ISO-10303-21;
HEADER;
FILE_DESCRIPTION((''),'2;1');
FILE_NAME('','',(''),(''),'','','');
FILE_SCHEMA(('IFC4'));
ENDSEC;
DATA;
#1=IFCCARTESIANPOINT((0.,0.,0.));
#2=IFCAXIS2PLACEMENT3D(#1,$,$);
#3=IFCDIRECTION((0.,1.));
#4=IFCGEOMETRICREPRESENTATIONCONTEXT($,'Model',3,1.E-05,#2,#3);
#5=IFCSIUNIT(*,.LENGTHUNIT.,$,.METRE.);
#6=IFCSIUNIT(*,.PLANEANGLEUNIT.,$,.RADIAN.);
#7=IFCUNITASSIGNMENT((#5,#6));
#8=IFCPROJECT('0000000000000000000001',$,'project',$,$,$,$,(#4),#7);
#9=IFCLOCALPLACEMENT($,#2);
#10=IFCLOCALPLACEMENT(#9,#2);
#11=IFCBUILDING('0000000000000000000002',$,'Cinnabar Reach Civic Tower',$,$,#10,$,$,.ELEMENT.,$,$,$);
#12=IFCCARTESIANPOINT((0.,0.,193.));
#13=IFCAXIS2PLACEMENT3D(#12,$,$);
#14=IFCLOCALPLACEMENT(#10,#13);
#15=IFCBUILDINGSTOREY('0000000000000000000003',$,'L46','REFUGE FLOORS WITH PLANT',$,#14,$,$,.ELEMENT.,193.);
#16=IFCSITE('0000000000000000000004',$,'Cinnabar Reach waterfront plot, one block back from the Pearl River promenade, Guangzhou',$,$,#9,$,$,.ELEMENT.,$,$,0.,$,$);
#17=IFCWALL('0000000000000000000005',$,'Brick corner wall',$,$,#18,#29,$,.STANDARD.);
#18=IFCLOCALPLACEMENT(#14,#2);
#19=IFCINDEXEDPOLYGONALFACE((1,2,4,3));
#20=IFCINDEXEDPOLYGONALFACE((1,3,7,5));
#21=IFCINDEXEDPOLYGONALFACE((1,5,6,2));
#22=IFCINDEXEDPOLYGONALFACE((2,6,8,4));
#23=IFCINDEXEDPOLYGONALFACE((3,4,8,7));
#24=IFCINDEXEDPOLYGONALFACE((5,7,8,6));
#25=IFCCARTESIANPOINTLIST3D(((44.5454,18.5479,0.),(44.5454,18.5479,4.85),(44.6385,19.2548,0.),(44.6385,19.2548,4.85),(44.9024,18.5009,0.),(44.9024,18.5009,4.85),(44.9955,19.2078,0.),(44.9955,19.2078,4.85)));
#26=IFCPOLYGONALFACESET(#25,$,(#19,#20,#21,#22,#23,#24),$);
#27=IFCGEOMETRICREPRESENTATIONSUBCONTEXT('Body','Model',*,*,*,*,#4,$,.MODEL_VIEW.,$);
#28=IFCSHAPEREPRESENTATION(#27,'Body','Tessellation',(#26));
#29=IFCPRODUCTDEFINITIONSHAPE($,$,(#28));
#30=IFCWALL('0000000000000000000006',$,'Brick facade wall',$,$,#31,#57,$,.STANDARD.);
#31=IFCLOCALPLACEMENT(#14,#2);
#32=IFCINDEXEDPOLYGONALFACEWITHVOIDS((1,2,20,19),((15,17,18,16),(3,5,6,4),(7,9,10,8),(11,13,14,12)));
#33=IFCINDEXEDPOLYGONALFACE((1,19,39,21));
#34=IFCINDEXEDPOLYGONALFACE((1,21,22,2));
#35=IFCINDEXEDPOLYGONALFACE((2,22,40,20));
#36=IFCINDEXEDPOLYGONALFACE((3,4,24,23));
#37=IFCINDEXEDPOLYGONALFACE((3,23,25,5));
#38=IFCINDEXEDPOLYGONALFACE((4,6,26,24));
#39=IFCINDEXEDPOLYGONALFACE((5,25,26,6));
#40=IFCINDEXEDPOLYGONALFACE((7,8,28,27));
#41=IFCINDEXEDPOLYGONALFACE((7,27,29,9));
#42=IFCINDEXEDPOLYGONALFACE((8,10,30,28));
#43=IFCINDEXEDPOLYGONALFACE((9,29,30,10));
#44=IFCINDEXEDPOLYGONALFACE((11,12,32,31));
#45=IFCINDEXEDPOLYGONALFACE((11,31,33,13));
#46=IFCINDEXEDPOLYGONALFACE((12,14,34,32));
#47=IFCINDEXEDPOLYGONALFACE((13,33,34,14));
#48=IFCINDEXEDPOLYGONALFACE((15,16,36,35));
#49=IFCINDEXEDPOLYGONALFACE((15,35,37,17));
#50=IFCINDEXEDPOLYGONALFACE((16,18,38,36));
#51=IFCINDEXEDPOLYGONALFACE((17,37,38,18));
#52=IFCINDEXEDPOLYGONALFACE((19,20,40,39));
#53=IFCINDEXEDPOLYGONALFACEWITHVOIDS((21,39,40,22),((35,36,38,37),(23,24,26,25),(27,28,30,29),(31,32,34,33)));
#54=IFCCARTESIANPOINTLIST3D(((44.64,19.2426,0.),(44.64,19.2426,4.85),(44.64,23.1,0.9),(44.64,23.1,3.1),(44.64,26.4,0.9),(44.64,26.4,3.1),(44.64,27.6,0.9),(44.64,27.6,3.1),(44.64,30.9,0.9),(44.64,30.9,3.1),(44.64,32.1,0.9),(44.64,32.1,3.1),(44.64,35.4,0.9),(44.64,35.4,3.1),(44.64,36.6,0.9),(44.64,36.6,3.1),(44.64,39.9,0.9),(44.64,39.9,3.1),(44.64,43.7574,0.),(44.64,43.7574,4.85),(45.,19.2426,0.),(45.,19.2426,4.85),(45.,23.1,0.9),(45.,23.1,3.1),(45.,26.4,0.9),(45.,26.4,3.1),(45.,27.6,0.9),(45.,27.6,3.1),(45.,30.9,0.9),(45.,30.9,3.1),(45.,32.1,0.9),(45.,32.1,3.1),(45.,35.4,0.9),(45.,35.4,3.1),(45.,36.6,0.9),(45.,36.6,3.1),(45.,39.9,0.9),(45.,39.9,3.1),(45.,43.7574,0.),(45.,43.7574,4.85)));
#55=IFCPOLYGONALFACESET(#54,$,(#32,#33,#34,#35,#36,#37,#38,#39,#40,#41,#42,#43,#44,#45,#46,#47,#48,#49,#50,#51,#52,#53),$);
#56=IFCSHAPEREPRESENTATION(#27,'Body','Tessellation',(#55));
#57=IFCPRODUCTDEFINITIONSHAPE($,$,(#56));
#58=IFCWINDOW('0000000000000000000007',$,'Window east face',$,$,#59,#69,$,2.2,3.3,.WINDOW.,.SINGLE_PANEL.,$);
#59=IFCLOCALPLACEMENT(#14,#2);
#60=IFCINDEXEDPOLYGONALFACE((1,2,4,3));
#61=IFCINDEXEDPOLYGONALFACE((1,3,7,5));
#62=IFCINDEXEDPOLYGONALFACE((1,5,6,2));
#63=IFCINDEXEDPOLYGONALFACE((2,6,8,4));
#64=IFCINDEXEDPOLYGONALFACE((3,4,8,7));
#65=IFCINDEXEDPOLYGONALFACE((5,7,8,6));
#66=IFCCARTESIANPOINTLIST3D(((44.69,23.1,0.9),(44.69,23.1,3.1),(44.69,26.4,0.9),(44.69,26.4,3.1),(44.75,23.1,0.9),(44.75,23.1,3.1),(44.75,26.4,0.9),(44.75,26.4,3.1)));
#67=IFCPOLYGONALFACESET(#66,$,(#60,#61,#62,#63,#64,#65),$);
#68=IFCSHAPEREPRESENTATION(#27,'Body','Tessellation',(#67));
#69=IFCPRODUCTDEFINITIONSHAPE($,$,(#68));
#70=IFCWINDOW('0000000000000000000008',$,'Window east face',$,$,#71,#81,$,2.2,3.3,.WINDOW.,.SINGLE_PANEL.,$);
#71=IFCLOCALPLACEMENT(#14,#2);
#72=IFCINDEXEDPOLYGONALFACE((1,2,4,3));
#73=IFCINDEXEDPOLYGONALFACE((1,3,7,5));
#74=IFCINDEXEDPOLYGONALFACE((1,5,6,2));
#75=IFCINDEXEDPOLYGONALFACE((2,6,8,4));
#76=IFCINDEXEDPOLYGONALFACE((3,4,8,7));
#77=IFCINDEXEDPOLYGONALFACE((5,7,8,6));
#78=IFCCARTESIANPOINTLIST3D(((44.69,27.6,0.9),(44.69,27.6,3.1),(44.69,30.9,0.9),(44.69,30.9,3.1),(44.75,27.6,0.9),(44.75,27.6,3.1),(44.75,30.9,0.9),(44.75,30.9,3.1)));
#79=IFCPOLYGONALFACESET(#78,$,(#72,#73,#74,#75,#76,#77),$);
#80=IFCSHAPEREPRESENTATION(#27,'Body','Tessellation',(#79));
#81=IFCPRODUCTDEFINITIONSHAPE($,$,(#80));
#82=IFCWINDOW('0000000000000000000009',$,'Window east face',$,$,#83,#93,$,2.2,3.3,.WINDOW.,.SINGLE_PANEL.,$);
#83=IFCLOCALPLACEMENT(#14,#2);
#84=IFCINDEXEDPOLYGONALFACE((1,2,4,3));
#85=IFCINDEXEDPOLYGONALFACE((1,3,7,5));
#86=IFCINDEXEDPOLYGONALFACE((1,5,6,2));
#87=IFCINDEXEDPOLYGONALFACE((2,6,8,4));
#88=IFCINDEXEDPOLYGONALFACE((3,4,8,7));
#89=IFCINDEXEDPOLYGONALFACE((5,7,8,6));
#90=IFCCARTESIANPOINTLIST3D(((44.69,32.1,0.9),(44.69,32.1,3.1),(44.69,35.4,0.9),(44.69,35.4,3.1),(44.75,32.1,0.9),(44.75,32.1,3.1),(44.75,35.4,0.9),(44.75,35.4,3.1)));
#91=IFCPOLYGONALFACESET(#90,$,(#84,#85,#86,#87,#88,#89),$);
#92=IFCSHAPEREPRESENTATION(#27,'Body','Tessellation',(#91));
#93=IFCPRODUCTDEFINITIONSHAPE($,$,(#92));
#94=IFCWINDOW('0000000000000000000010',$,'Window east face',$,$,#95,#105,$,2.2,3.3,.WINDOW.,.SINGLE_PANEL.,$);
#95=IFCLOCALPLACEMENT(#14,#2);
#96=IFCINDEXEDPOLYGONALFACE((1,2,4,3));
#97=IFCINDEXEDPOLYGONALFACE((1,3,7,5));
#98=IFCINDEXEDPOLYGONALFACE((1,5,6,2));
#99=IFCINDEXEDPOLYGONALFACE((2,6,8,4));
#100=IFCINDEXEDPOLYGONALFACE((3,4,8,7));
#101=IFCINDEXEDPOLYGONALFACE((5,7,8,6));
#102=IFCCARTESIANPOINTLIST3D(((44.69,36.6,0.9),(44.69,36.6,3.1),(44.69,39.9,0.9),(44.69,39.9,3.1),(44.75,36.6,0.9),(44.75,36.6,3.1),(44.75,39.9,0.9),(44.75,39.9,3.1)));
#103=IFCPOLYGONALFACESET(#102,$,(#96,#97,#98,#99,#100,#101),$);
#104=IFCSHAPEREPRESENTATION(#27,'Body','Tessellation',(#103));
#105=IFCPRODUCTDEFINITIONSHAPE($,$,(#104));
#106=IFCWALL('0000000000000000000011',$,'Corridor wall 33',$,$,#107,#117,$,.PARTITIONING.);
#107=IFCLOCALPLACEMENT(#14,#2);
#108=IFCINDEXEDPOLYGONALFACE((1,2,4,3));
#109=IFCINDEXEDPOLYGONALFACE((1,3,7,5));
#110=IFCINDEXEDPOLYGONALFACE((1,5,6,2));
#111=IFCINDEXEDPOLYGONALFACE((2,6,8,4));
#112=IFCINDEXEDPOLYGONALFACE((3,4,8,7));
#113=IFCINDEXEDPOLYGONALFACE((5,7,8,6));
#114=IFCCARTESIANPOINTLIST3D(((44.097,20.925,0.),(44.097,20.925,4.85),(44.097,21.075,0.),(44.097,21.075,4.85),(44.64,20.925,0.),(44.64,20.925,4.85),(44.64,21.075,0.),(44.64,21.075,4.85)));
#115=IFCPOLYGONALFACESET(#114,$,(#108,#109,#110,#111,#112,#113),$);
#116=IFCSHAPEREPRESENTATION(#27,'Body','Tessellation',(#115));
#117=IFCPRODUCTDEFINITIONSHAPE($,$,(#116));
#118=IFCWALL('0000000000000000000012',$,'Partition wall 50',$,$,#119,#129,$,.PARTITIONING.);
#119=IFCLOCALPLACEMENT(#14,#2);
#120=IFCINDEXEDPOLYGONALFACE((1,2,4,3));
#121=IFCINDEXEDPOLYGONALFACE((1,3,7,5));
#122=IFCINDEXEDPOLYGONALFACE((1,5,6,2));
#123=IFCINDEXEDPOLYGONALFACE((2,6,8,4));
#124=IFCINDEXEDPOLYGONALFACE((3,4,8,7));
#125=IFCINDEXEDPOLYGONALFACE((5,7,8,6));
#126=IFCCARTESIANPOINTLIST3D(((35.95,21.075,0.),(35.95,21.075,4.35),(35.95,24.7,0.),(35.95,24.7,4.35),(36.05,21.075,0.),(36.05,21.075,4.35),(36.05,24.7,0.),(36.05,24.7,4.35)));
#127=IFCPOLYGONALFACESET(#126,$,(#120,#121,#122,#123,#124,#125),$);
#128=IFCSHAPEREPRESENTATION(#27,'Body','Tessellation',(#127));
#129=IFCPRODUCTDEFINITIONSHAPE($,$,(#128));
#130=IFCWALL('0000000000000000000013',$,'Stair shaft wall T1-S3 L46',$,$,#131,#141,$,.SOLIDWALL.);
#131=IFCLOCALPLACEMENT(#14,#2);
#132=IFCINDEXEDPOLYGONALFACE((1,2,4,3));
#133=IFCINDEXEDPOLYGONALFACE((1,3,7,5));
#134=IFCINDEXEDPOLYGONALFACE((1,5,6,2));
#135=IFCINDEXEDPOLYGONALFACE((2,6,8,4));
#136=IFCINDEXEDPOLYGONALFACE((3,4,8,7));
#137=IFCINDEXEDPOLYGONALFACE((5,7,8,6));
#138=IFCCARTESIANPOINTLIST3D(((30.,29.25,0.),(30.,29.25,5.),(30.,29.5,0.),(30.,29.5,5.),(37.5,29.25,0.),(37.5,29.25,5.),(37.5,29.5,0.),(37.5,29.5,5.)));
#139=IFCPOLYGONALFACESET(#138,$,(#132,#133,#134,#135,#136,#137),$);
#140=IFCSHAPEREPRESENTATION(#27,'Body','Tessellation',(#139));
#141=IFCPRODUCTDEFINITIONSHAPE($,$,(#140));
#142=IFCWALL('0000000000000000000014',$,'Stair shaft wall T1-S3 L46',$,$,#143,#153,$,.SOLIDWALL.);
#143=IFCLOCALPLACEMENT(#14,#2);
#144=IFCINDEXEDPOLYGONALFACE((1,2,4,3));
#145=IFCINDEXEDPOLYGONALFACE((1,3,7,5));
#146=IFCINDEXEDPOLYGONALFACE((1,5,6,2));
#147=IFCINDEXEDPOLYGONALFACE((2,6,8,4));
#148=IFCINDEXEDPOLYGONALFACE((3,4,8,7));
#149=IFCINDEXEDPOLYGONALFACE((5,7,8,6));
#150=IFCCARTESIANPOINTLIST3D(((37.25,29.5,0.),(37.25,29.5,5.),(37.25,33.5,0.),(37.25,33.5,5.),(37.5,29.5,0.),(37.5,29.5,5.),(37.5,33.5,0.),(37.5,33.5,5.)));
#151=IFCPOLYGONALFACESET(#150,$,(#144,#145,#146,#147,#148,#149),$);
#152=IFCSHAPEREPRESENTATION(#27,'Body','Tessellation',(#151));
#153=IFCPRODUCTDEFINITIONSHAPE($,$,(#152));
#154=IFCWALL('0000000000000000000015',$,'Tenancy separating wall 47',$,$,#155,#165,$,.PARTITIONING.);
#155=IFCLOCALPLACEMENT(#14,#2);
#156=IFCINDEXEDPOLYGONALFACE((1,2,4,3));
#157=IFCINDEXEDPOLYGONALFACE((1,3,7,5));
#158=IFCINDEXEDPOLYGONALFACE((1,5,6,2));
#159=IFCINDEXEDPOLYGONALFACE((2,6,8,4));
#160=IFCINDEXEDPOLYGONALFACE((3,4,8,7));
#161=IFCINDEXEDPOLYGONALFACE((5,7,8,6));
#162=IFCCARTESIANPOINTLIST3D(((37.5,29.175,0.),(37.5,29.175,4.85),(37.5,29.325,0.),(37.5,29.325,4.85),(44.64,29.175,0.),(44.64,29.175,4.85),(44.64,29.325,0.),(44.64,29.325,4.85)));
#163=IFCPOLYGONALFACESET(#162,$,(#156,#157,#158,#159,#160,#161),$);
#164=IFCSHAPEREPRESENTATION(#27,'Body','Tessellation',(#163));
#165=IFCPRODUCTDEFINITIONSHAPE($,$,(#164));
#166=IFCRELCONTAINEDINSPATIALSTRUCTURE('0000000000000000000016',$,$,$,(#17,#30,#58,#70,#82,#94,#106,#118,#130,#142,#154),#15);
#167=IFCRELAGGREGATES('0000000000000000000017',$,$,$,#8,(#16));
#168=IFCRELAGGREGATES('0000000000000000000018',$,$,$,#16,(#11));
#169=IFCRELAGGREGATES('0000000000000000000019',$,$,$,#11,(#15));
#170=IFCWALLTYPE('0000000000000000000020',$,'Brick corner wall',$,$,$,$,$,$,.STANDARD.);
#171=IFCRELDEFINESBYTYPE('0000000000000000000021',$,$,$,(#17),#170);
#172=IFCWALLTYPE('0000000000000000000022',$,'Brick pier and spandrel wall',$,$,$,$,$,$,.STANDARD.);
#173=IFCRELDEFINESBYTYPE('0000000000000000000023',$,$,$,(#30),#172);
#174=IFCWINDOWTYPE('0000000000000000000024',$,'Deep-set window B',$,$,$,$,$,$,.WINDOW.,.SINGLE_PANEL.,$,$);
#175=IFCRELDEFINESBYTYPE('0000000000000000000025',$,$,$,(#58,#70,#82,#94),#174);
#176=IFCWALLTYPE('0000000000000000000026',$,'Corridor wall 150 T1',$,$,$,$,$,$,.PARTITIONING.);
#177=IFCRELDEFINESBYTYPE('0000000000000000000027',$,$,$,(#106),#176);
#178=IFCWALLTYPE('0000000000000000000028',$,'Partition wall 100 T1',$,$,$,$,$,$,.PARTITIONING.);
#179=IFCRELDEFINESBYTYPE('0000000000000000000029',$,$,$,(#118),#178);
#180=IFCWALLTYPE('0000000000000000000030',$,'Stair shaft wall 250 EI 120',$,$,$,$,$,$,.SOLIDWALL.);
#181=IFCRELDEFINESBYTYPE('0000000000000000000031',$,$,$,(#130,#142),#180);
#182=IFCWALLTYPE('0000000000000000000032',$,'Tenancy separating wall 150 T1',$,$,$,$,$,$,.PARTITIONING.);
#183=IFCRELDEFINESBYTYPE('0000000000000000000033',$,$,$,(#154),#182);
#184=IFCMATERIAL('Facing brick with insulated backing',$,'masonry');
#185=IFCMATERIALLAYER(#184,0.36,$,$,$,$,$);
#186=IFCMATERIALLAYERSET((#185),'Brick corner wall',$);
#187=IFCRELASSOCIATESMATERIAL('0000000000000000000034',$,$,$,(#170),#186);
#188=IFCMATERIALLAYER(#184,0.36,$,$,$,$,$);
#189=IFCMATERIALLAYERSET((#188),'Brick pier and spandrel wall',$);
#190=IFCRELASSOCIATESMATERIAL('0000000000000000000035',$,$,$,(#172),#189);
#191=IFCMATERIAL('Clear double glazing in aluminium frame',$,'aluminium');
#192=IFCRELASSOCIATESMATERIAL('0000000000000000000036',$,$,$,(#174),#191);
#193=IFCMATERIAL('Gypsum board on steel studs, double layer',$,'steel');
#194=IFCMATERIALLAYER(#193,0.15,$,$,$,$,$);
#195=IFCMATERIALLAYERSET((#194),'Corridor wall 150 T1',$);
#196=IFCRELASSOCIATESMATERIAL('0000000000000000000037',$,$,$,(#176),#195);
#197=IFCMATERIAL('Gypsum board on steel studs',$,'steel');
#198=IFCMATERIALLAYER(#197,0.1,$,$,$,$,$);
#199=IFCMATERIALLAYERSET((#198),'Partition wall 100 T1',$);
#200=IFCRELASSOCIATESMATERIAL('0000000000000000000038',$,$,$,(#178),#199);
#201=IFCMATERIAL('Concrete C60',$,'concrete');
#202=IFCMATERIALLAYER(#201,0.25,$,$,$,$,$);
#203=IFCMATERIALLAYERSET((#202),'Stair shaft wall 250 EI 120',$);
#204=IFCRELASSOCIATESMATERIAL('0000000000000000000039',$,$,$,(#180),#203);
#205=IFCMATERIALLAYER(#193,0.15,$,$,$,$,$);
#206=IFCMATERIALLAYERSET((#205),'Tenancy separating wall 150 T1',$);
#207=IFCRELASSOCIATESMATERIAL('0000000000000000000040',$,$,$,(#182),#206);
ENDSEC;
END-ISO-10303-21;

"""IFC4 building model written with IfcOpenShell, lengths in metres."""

from ifc_helpers import new_model, si_unit, direction, frame, frame_2d, origin, place, context, subcontext, project, spatial, rectangle, extrude, material, layer, layer_set, type_object, element, fill, save


model = new_model("IFC4")

# Units and contexts
model_context = context("Model", 3, precision=1e-05, world=origin(), true_north=direction((0.0, 1.0)))
body_context = subcontext(model_context, "Body", "Model", "MODEL_VIEW")
ifc_project = project(units=[si_unit("LENGTHUNIT", "METRE"), si_unit("PLANEANGLEUNIT", "RADIAN")], contexts=[model_context])

# Site, building, storey
site_placement = place(None, origin())
site = spatial("IfcSite", under=ifc_project, at=site_placement, Name="Cinnabar Reach waterfront plot, one block back from the Pearl River promenade, Guangzhou", CompositionType="ELEMENT", RefElevation=0.0)
building_placement = place(site_placement, origin())
building = spatial("IfcBuilding", under=site, at=building_placement, Name="Cinnabar Reach Civic Tower", CompositionType="ELEMENT")
storey_placement = place(building_placement, frame((0.0, 0.0, 193.0)))
storey = spatial("IfcBuildingStorey", under=building, at=storey_placement, Name="L46", Description="REFUGE FLOORS WITH PLANT", CompositionType="ELEMENT", Elevation=193.0)

# Wall
ifc_material_1 = material(Name="Facing brick with insulated backing", Category="masonry")
ifc_layer_1 = layer(ifc_material_1, 0.36)
ifc_layer_set_1 = layer_set([ifc_layer_1], Name="Brick corner wall")
wall_type_1 = type_object("IfcWallType", Name="Brick corner wall", PredefinedType="STANDARD", material=ifc_layer_set_1)
wall_1_placement = place(storey_placement, frame((44.7239, 18.5244, 0.0), z_axis=(0.0, 0.0, 1.0), x_axis=(0.130556, 0.991441, 0.0)))
element("IfcWall", 1, at=wall_1_placement, inside=storey, type_object=wall_type_1, Name="Brick corner wall", PredefinedType="STANDARD", context=body_context, shape_type="SweptSolid", body=[
    extrude(rectangle(XDim=0.7131, YDim=0.36, at=frame_2d((0.3565, 0.0))), origin(), (0.0, 0.0, 1.0), 4.85),
])

# Wall, openings, windows
ifc_layer_2 = layer(ifc_material_1, 0.36)
ifc_layer_set_2 = layer_set([ifc_layer_2], Name="Brick pier and spandrel wall")
wall_type_2 = type_object("IfcWallType", Name="Brick pier and spandrel wall", PredefinedType="STANDARD", material=ifc_layer_set_2)
wall_2_placement = place(storey_placement, frame((44.82, 19.2426, 0.0), z_axis=(0.0, 0.0, 1.0), x_axis=(0.0, 1.0, 0.0)))
wall_2 = element("IfcWall", 2, at=wall_2_placement, inside=storey, type_object=wall_type_2, Name="Brick facade wall", PredefinedType="STANDARD", context=body_context, shape_type="SweptSolid", body=[
    extrude(rectangle(XDim=24.5148, YDim=0.36, at=frame_2d((12.2574, 0.0))), origin(), (0.0, 0.0, 1.0), 4.85),
])
opening_1_placement = place(wall_2_placement, frame((3.8574, 0.0, 0.9)))
opening_1 = element("IfcOpeningElement", 3, at=opening_1_placement, cuts=wall_2, PredefinedType="OPENING", context=body_context, shape_type="SweptSolid", body=[
    extrude(rectangle(XDim=3.3, YDim=2.2, at=frame_2d((1.65, 1.1))), frame((0.0, 0.19, 0.0), z_axis=(0.0, -1.0, 0.0), x_axis=(1.0, 0.0, 0.0)), (0.0, 0.0, 1.0), 0.38),
])
opening_2_placement = place(wall_2_placement, frame((8.3574, 0.0, 0.9)))
opening_2 = element("IfcOpeningElement", 4, at=opening_2_placement, cuts=wall_2, PredefinedType="OPENING", context=body_context, shape_type="SweptSolid", body=[
    extrude(rectangle(XDim=3.3, YDim=2.2, at=frame_2d((1.65, 1.1))), frame((0.0, 0.19, 0.0), z_axis=(0.0, -1.0, 0.0), x_axis=(1.0, 0.0, 0.0)), (0.0, 0.0, 1.0), 0.38),
])
opening_3_placement = place(wall_2_placement, frame((12.8574, 0.0, 0.9)))
opening_3 = element("IfcOpeningElement", 5, at=opening_3_placement, cuts=wall_2, PredefinedType="OPENING", context=body_context, shape_type="SweptSolid", body=[
    extrude(rectangle(XDim=3.3, YDim=2.2, at=frame_2d((1.65, 1.1))), frame((0.0, 0.19, 0.0), z_axis=(0.0, -1.0, 0.0), x_axis=(1.0, 0.0, 0.0)), (0.0, 0.0, 1.0), 0.38),
])
opening_4_placement = place(wall_2_placement, frame((17.3574, 0.0, 0.9)))
opening_4 = element("IfcOpeningElement", 6, at=opening_4_placement, cuts=wall_2, PredefinedType="OPENING", context=body_context, shape_type="SweptSolid", body=[
    extrude(rectangle(XDim=3.3, YDim=2.2, at=frame_2d((1.65, 1.1))), frame((0.0, 0.19, 0.0), z_axis=(0.0, -1.0, 0.0), x_axis=(1.0, 0.0, 0.0)), (0.0, 0.0, 1.0), 0.38),
])
ifc_material_2 = material(Name="Clear double glazing in aluminium frame", Category="aluminium")
window_type = type_object("IfcWindowType", Name="Deep-set window B", PartitioningType="SINGLE_PANEL", PredefinedType="WINDOW", material=ifc_material_2)
window_1_placement = place(opening_1_placement, origin())
window_1 = element("IfcWindow", 7, at=window_1_placement, inside=storey, type_object=window_type, Name="Window east face", OverallHeight=2.2, OverallWidth=3.3, PartitioningType="SINGLE_PANEL", PredefinedType="WINDOW", context=body_context, shape_type="SweptSolid", body=[
    extrude(rectangle(XDim=3.3, YDim=2.2, at=frame_2d((1.65, 1.1))), frame((0.0, 0.13, 0.0), z_axis=(0.0, -1.0, 0.0), x_axis=(1.0, 0.0, 0.0)), (0.0, 0.0, 1.0), 0.06),
])
fill(opening_1, window_1)
window_2_placement = place(opening_2_placement, origin())
window_2 = element("IfcWindow", 8, at=window_2_placement, inside=storey, type_object=window_type, Name="Window east face", OverallHeight=2.2, OverallWidth=3.3, PartitioningType="SINGLE_PANEL", PredefinedType="WINDOW", context=body_context, shape_type="SweptSolid", body=[
    extrude(rectangle(XDim=3.3, YDim=2.2, at=frame_2d((1.65, 1.1))), frame((0.0, 0.13, 0.0), z_axis=(0.0, -1.0, 0.0), x_axis=(1.0, 0.0, 0.0)), (0.0, 0.0, 1.0), 0.06),
])
fill(opening_2, window_2)
window_3_placement = place(opening_3_placement, origin())
window_3 = element("IfcWindow", 9, at=window_3_placement, inside=storey, type_object=window_type, Name="Window east face", OverallHeight=2.2, OverallWidth=3.3, PartitioningType="SINGLE_PANEL", PredefinedType="WINDOW", context=body_context, shape_type="SweptSolid", body=[
    extrude(rectangle(XDim=3.3, YDim=2.2, at=frame_2d((1.65, 1.1))), frame((0.0, 0.13, 0.0), z_axis=(0.0, -1.0, 0.0), x_axis=(1.0, 0.0, 0.0)), (0.0, 0.0, 1.0), 0.06),
])
fill(opening_3, window_3)
window_4_placement = place(opening_4_placement, origin())
window_4 = element("IfcWindow", 10, at=window_4_placement, inside=storey, type_object=window_type, Name="Window east face", OverallHeight=2.2, OverallWidth=3.3, PartitioningType="SINGLE_PANEL", PredefinedType="WINDOW", context=body_context, shape_type="SweptSolid", body=[
    extrude(rectangle(XDim=3.3, YDim=2.2, at=frame_2d((1.65, 1.1))), frame((0.0, 0.13, 0.0), z_axis=(0.0, -1.0, 0.0), x_axis=(1.0, 0.0, 0.0)), (0.0, 0.0, 1.0), 0.06),
])
fill(opening_4, window_4)

# Walls
ifc_material_3 = material(Name="Gypsum board on steel studs, double layer", Category="steel")
ifc_layer_3 = layer(ifc_material_3, 0.15)
ifc_layer_set_3 = layer_set([ifc_layer_3], Name="Corridor wall 150 T1")
wall_type_3 = type_object("IfcWallType", Name="Corridor wall 150 T1", PredefinedType="PARTITIONING", material=ifc_layer_set_3)
wall_3_placement = place(storey_placement, frame((44.0969, 21.0, 0.0), z_axis=(0.0, 0.0, 1.0), x_axis=(1.0, 0.0, 0.0)))
element("IfcWall", 11, at=wall_3_placement, inside=storey, type_object=wall_type_3, Name="Corridor wall 33", PredefinedType="PARTITIONING", context=body_context, shape_type="SweptSolid", body=[
    extrude(rectangle(XDim=0.5431, YDim=0.15, at=frame_2d((0.2716, 0.0))), origin(), (0.0, 0.0, 1.0), 4.85),
])
ifc_material_4 = material(Name="Gypsum board on steel studs", Category="steel")
ifc_layer_4 = layer(ifc_material_4, 0.1)
ifc_layer_set_4 = layer_set([ifc_layer_4], Name="Partition wall 100 T1")
wall_type_4 = type_object("IfcWallType", Name="Partition wall 100 T1", PredefinedType="PARTITIONING", material=ifc_layer_set_4)
wall_4_placement = place(storey_placement, frame((36.0, 21.075, 0.0), z_axis=(0.0, 0.0, 1.0), x_axis=(0.0, 1.0, 0.0)))
element("IfcWall", 12, at=wall_4_placement, inside=storey, type_object=wall_type_4, Name="Partition wall 50", PredefinedType="PARTITIONING", context=body_context, shape_type="SweptSolid", body=[
    extrude(rectangle(XDim=3.625, YDim=0.1, at=frame_2d((1.8125, 0.0))), origin(), (0.0, 0.0, 1.0), 4.35),
])
ifc_material_5 = material(Name="Concrete C60", Category="concrete")
ifc_layer_5 = layer(ifc_material_5, 0.25)
ifc_layer_set_5 = layer_set([ifc_layer_5], Name="Stair shaft wall 250 EI 120")
wall_type_5 = type_object("IfcWallType", Name="Stair shaft wall 250 EI 120", PredefinedType="SOLIDWALL", material=ifc_layer_set_5)
wall_5_placement = place(storey_placement, frame((30.0, 29.375, 0.0), z_axis=(0.0, 0.0, 1.0), x_axis=(1.0, 0.0, 0.0)))
element("IfcWall", 13, at=wall_5_placement, inside=storey, type_object=wall_type_5, Name="Stair shaft wall T1-S3 L46", PredefinedType="SOLIDWALL", context=body_context, shape_type="SweptSolid", body=[
    extrude(rectangle(XDim=7.5, YDim=0.25, at=frame_2d((3.75, 0.0))), origin(), (0.0, 0.0, 1.0), 5.0),
])
wall_6_placement = place(storey_placement, frame((37.375, 29.5, 0.0), z_axis=(0.0, 0.0, 1.0), x_axis=(0.0, 1.0, 0.0)))
element("IfcWall", 14, at=wall_6_placement, inside=storey, type_object=wall_type_5, Name="Stair shaft wall T1-S3 L46", PredefinedType="SOLIDWALL", context=body_context, shape_type="SweptSolid", body=[
    extrude(rectangle(XDim=4.0, YDim=0.25, at=frame_2d((2.0, 0.0))), origin(), (0.0, 0.0, 1.0), 5.0),
])
ifc_layer_6 = layer(ifc_material_3, 0.15)
ifc_layer_set_6 = layer_set([ifc_layer_6], Name="Tenancy separating wall 150 T1")
wall_type_6 = type_object("IfcWallType", Name="Tenancy separating wall 150 T1", PredefinedType="PARTITIONING", material=ifc_layer_set_6)
wall_7_placement = place(storey_placement, frame((37.5, 29.25, 0.0), z_axis=(0.0, 0.0, 1.0), x_axis=(1.0, 0.0, 0.0)))
element("IfcWall", 15, at=wall_7_placement, inside=storey, type_object=wall_type_6, Name="Tenancy separating wall 47", PredefinedType="PARTITIONING", context=body_context, shape_type="SweptSolid", body=[
    extrude(rectangle(XDim=7.14, YDim=0.15, at=frame_2d((3.57, 0.0))), origin(), (0.0, 0.0, 1.0), 4.85),
])

save(model, "model.ifc")
